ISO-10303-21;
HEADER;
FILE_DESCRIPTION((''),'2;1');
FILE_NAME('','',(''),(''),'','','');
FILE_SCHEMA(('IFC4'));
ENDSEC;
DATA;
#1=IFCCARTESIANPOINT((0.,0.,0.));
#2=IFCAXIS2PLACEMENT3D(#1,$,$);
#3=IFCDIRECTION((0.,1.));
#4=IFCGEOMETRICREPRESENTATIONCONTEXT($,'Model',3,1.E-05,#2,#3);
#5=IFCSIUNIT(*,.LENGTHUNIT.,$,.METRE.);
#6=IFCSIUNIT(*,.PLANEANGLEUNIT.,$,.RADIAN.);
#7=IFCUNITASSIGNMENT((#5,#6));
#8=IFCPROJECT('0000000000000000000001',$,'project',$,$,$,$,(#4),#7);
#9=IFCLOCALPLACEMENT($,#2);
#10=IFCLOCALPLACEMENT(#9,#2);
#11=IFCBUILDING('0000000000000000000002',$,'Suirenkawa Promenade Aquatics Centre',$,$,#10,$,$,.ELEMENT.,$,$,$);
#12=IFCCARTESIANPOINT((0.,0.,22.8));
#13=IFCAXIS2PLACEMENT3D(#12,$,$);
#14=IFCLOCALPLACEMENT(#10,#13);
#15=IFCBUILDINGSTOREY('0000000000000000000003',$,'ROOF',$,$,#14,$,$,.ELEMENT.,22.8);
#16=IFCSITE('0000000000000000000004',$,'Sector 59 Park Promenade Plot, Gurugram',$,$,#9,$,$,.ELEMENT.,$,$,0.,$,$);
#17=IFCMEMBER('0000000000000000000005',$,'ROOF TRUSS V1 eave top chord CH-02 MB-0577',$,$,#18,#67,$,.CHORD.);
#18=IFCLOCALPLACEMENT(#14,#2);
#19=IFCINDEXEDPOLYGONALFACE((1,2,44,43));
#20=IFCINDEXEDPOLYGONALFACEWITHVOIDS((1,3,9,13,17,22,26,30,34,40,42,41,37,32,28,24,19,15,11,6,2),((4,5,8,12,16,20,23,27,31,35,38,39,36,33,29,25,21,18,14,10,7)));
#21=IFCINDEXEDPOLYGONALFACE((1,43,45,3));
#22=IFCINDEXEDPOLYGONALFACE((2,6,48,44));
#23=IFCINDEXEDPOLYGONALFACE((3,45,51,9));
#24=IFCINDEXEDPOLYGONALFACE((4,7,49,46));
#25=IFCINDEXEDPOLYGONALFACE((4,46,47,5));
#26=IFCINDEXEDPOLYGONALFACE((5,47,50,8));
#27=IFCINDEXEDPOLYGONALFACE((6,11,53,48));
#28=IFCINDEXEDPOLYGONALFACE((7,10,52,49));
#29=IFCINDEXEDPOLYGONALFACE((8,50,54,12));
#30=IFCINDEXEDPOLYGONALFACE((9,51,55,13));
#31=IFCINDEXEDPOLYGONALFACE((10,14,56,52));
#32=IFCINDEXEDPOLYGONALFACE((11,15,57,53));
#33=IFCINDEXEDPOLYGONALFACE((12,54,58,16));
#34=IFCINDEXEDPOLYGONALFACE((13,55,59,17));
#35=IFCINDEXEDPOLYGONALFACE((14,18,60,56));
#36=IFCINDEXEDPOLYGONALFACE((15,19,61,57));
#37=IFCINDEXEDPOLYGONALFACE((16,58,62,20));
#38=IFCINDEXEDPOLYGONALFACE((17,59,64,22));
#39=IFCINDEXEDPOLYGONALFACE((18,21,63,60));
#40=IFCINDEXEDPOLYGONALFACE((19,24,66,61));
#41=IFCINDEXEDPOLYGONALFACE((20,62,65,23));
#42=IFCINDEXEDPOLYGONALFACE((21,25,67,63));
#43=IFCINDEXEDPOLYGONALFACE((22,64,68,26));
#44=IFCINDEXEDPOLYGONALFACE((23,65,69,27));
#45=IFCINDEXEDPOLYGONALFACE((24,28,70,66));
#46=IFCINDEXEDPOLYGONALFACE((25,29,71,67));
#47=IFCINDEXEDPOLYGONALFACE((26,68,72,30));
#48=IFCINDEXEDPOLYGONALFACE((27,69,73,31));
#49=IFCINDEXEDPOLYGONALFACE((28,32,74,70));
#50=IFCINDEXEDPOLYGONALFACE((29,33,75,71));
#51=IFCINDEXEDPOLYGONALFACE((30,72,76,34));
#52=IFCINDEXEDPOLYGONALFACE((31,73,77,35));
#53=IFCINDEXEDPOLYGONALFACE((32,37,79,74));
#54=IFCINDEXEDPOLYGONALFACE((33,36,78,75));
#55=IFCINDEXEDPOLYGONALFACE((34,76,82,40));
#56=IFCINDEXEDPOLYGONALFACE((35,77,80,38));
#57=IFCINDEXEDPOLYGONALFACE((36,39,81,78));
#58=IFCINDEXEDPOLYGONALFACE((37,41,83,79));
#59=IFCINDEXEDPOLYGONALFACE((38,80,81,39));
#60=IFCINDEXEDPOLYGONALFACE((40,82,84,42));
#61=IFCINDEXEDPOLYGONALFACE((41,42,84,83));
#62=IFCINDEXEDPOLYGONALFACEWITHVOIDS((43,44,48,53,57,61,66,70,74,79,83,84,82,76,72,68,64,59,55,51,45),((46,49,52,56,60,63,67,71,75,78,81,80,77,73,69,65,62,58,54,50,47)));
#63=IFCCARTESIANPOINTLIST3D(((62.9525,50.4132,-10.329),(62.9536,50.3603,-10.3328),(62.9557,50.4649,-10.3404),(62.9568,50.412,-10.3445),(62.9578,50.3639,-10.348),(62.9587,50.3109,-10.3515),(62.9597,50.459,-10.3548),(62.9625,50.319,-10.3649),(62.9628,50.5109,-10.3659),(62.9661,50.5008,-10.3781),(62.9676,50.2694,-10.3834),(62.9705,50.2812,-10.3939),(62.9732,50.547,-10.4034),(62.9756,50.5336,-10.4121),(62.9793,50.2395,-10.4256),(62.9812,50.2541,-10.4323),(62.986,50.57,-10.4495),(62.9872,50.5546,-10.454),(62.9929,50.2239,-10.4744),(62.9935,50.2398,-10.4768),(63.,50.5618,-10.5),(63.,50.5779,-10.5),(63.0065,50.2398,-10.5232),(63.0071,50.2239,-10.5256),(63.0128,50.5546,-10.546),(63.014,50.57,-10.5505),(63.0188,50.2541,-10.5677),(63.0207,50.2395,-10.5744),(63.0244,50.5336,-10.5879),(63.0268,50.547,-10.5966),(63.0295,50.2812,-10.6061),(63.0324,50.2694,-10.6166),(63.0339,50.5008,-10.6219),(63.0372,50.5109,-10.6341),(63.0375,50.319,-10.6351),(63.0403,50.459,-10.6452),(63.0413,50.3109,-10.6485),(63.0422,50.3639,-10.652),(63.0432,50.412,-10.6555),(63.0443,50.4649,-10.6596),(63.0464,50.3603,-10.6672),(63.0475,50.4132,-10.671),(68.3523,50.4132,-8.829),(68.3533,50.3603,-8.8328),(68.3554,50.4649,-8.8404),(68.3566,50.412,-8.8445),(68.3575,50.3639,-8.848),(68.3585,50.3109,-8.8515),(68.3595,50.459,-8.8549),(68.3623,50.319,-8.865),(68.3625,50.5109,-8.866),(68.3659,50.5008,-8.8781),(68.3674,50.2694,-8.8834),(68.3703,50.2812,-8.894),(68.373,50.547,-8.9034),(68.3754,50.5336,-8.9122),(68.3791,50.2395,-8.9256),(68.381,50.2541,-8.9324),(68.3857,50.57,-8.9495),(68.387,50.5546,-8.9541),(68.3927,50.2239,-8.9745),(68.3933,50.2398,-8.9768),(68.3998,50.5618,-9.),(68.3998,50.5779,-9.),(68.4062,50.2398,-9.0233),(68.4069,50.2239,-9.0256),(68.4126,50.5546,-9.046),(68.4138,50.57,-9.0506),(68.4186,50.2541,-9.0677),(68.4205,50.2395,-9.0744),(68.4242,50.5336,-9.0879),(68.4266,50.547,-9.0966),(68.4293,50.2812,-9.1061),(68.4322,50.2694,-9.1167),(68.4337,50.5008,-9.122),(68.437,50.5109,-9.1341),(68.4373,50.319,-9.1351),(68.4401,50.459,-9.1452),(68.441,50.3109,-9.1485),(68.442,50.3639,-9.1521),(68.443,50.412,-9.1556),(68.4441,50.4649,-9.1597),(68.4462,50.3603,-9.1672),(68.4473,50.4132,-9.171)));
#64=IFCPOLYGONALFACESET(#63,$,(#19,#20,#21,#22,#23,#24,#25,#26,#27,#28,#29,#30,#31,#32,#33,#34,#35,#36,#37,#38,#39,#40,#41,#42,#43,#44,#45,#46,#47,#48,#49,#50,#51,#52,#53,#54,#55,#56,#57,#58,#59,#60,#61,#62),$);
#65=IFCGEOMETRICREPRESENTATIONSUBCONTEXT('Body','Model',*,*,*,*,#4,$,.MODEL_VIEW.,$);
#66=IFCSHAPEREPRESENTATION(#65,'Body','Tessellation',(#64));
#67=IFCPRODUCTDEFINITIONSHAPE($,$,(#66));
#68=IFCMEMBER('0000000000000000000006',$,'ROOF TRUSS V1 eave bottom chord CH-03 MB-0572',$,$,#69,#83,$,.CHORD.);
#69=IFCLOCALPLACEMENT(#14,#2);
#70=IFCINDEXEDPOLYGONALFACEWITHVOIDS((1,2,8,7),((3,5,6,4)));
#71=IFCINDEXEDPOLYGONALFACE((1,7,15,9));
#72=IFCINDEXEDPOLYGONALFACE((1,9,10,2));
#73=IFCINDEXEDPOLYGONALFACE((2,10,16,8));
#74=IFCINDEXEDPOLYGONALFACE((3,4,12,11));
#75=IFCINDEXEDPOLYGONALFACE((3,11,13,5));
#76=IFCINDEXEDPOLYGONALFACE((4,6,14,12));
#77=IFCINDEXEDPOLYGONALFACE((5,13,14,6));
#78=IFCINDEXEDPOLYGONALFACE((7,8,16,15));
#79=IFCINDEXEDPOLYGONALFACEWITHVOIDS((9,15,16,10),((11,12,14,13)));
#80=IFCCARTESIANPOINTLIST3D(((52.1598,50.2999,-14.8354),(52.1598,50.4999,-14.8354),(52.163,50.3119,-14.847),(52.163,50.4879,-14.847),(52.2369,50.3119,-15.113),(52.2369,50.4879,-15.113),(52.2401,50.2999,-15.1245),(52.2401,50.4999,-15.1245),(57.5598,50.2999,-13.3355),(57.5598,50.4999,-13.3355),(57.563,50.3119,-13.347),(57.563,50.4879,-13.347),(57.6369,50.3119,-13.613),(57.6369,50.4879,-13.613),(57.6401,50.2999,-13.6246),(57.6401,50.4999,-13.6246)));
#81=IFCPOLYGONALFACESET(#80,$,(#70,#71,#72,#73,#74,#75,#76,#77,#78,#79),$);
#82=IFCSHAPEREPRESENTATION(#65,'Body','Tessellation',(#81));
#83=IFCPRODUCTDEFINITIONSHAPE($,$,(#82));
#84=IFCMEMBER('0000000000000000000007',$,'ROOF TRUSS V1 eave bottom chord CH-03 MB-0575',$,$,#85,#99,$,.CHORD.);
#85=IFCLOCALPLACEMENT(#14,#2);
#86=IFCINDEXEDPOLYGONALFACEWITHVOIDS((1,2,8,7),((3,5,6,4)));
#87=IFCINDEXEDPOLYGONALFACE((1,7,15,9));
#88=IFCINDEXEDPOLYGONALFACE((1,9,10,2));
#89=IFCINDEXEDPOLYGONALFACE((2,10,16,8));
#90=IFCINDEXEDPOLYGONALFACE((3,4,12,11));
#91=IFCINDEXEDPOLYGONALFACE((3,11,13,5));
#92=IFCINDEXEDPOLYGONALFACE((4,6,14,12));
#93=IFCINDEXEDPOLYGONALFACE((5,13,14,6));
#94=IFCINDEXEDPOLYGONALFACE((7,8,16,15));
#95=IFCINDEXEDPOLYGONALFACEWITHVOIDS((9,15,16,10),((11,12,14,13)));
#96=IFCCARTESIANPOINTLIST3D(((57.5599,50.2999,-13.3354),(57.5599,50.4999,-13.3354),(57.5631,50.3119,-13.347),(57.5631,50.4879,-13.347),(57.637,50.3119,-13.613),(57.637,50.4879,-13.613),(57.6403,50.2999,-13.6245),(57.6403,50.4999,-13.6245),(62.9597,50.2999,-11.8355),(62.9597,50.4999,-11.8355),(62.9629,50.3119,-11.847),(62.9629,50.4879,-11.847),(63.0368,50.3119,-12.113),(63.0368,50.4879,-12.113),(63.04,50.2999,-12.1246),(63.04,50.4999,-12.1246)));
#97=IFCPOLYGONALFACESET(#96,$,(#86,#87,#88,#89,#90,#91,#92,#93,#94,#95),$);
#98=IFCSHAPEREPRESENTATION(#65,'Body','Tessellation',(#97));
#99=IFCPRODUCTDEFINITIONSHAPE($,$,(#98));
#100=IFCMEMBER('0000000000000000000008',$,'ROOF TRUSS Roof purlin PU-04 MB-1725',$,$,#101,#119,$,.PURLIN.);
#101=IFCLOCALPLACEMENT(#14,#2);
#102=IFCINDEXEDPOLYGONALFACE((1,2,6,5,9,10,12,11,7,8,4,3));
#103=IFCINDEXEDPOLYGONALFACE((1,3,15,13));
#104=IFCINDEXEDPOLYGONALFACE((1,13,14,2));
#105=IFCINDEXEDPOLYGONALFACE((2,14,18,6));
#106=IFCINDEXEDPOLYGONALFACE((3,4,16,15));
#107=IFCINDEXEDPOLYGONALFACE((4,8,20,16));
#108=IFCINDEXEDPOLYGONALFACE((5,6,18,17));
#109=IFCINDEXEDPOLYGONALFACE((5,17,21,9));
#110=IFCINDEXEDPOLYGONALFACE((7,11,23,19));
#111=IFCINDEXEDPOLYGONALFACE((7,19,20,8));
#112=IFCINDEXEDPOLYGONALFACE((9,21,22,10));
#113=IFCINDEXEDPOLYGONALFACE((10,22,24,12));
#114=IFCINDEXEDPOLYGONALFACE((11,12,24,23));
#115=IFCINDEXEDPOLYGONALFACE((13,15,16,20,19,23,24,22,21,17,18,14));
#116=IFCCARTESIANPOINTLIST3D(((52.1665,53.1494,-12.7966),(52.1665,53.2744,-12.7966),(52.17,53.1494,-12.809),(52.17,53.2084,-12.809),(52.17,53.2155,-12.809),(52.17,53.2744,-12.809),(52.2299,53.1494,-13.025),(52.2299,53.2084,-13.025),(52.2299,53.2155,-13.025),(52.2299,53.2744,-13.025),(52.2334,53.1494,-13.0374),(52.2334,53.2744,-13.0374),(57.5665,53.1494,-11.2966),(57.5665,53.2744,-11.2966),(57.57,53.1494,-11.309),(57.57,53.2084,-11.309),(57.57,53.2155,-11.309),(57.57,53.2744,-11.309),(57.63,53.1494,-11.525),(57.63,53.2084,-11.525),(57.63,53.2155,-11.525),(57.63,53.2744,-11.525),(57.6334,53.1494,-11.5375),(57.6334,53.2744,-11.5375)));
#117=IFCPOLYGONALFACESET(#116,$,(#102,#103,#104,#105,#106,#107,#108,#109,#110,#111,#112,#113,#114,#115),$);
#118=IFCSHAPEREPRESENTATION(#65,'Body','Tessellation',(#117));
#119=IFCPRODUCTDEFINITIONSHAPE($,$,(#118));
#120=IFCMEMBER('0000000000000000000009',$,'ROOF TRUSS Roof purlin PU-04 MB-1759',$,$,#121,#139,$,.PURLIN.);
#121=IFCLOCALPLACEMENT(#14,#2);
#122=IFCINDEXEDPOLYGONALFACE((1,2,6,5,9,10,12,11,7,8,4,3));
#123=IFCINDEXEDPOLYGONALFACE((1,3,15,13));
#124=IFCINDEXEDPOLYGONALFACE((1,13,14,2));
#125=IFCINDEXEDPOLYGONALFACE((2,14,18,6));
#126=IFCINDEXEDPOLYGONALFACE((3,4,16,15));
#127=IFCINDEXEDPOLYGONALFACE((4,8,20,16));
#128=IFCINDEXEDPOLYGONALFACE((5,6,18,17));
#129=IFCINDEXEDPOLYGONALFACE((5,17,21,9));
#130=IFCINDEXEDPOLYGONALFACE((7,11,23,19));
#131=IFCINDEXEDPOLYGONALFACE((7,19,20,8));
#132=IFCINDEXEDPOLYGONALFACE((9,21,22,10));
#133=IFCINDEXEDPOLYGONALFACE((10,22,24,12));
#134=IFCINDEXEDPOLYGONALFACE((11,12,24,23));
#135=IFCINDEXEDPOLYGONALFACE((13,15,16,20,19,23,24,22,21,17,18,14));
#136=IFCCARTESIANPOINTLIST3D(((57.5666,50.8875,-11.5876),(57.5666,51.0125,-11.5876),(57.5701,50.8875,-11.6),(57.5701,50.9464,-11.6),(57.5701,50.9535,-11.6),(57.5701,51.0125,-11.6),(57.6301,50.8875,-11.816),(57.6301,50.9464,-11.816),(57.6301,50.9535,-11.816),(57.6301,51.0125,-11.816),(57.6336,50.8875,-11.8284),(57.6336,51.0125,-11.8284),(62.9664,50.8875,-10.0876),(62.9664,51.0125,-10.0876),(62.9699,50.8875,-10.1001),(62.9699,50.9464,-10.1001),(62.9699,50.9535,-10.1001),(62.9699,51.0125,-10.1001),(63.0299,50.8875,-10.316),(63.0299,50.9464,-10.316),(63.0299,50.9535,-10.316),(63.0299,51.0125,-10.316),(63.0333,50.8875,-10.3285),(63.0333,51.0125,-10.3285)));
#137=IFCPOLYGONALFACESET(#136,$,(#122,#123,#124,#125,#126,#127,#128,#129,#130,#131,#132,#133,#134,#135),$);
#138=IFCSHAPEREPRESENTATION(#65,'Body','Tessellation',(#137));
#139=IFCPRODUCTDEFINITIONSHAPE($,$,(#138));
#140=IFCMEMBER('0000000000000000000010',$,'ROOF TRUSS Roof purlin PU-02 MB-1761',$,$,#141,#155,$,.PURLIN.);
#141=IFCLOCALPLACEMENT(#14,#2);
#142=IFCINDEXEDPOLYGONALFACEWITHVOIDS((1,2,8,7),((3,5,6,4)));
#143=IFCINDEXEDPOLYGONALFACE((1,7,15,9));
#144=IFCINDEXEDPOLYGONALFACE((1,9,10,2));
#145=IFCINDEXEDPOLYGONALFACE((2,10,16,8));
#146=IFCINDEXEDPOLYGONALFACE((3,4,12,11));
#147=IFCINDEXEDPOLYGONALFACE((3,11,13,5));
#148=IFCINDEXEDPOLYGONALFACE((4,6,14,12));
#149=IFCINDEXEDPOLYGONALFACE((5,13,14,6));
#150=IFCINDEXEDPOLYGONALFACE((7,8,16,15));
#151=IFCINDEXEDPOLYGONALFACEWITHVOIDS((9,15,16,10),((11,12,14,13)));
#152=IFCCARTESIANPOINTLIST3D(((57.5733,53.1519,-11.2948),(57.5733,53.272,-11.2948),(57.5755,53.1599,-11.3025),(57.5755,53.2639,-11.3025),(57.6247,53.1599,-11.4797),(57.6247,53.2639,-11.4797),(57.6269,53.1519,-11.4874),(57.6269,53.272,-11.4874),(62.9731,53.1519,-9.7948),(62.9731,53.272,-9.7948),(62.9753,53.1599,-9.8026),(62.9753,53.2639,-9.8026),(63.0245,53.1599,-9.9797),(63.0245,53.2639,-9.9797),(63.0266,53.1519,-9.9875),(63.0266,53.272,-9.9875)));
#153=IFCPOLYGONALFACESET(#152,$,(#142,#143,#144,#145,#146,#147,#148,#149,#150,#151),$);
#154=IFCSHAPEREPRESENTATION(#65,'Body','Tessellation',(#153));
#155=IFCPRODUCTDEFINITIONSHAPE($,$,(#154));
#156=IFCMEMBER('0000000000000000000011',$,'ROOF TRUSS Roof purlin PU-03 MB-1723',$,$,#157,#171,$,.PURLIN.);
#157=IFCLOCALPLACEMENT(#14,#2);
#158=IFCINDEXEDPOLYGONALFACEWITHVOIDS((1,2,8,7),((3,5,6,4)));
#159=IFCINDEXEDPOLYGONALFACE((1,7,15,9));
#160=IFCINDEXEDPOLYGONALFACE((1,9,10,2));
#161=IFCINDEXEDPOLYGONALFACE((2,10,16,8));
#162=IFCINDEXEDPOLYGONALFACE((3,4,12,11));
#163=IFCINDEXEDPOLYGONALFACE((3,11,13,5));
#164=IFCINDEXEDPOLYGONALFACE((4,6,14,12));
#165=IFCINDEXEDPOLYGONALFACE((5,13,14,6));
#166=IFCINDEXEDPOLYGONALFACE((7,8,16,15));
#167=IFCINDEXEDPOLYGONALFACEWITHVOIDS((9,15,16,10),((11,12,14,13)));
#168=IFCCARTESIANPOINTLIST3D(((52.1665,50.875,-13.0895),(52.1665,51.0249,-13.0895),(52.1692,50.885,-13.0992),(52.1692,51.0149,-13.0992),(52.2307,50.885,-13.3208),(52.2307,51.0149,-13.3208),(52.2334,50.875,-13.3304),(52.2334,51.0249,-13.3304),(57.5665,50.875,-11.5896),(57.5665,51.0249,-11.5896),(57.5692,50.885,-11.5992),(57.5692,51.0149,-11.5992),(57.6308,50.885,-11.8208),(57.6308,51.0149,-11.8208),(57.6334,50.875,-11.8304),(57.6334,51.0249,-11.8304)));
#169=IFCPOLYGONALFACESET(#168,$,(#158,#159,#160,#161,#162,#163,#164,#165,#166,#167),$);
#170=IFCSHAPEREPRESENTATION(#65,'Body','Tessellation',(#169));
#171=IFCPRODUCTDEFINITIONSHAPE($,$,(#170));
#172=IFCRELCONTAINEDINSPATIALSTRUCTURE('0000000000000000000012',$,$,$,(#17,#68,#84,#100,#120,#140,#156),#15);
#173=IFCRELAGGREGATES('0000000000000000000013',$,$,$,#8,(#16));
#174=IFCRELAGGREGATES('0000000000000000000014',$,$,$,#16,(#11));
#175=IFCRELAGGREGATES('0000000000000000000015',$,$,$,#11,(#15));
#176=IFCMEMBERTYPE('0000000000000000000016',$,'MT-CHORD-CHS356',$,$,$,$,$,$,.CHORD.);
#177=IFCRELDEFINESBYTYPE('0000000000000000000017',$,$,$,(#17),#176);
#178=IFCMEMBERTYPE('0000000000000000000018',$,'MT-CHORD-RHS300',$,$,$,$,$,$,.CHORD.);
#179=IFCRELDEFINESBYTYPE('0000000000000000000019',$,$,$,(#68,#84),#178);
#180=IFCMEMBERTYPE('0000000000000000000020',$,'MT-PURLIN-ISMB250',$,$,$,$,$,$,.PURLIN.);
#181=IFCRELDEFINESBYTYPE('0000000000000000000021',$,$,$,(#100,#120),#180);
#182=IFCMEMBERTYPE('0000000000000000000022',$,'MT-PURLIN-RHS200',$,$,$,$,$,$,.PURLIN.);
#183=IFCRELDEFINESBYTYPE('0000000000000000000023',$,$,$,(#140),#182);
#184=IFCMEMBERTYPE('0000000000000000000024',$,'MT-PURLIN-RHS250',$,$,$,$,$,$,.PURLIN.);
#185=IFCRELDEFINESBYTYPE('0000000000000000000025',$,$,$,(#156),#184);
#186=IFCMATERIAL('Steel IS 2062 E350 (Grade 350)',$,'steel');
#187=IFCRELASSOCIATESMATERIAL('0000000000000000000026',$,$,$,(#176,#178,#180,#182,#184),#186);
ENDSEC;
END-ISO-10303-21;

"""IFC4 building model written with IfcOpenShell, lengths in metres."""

from ifc_helpers import new_model, si_unit, direction, frame, origin, origin_2d, place, context, subcontext, project, spatial, hollow_rectangle, hollow_circle, i_section, extrude, material, material_profile, profile_set, type_object, element, save


model = new_model("IFC4")

# Units and contexts
model_context = context("Model", 3, precision=1e-05, world=origin(), true_north=direction((0.0, 1.0)))
body_context = subcontext(model_context, "Body", "Model", "MODEL_VIEW")
ifc_project = project(units=[si_unit("LENGTHUNIT", "METRE"), si_unit("PLANEANGLEUNIT", "RADIAN")], contexts=[model_context])

# Site, building, storey
site_placement = place(None, origin())
site = spatial("IfcSite", under=ifc_project, at=site_placement, Name="Sector 59 Park Promenade Plot, Gurugram", CompositionType="ELEMENT", RefElevation=0.0)
building_placement = place(site_placement, origin())
building = spatial("IfcBuilding", under=site, at=building_placement, Name="Suirenkawa Promenade Aquatics Centre", CompositionType="ELEMENT")
storey_placement = place(building_placement, frame((0.0, 0.0, 22.8)))
storey = spatial("IfcBuildingStorey", under=building, at=storey_placement, Name="ROOF", CompositionType="ELEMENT", Elevation=22.8)

# Shared definitions
ifc_material_1 = material(Name="Steel IS 2062 E350 (Grade 350)", Category="steel")

# Members
ifc_material_profile_1 = material_profile(ifc_material_1, hollow_circle(Radius=0.178, WallThickness=0.0161, at=origin_2d()), Name="CHS 356x16", Category="steel")
ifc_profile_set_1 = profile_set([ifc_material_profile_1], Name="Steel IS 2062 E350 (Grade 350)")
member_type_1 = type_object("IfcMemberType", Name="MT-CHORD-CHS356", PredefinedType="CHORD", material=ifc_profile_set_1)
for number, where, z_axis, x_axis, name in (
    (1, (63.0, 50.3999, -10.5), (0.963517, 0.0, 0.267648), (0.0, 1.0, 0.0), "ROOF TRUSS V1 eave top chord CH-02 MB-0577"),
):
    element("IfcMember", number, at=place(storey_placement, frame(where, z_axis=z_axis, x_axis=x_axis)), inside=storey, type_object=member_type_1, Name=name, PredefinedType="CHORD", context=body_context, shape_type="SweptSolid", body=[
        extrude(hollow_circle(Radius=0.178, WallThickness=0.0161, at=origin_2d()), origin(), (0.0, 0.0, 1.0), 5.6042),
    ])
ifc_material_profile_2 = material_profile(ifc_material_1, hollow_rectangle(XDim=0.2, YDim=0.3, WallThickness=0.012, at=origin_2d()), Name="RHS 300x200x12", Category="steel")
ifc_profile_set_2 = profile_set([ifc_material_profile_2], Name="Steel IS 2062 E350 (Grade 350)")
member_type_2 = type_object("IfcMemberType", Name="MT-CHORD-RHS300", PredefinedType="CHORD", material=ifc_profile_set_2)
member_1_placement = place(storey_placement, frame((52.2, 50.3999, -14.98), z_axis=(0.96352, 0.0, 0.267637), x_axis=(0.0, 1.0, 0.0)))
element("IfcMember", 2, at=member_1_placement, inside=storey, type_object=member_type_2, Name="ROOF TRUSS V1 eave bottom chord CH-03 MB-0572", PredefinedType="CHORD", context=body_context, shape_type="SweptSolid", body=[
    extrude(hollow_rectangle(XDim=0.2, YDim=0.3, WallThickness=0.012, at=origin_2d()), origin(), (0.0, 0.0, 1.0), 5.6045),
])
member_2_placement = place(storey_placement, frame((57.6001, 50.3999, -13.48), z_axis=(0.963517, 0.0, 0.267648), x_axis=(0.0, 1.0, 0.0)))
element("IfcMember", 3, at=member_2_placement, inside=storey, type_object=member_type_2, Name="ROOF TRUSS V1 eave bottom chord CH-03 MB-0575", PredefinedType="CHORD", context=body_context, shape_type="SweptSolid", body=[
    extrude(hollow_rectangle(XDim=0.2, YDim=0.3, WallThickness=0.012, at=origin_2d()), origin(), (0.0, 0.0, 1.0), 5.6042),
])
ifc_material_profile_3 = material_profile(ifc_material_1, i_section(OverallWidth=0.125, OverallDepth=0.25, WebThickness=0.0071, FlangeThickness=0.0129, at=origin_2d()), Name="ISMB 250", Category="steel")
ifc_profile_set_3 = profile_set([ifc_material_profile_3], Name="Steel IS 2062 E350 (Grade 350)")
member_type_3 = type_object("IfcMemberType", Name="MT-PURLIN-ISMB250", PredefinedType="PURLIN", material=ifc_profile_set_3)
member_3_placement = place(storey_placement, frame((52.2, 53.2119, -12.917), z_axis=(0.96352, 0.0, 0.267637), x_axis=(0.0, 1.0, 0.0)))
element("IfcMember", 4, at=member_3_placement, inside=storey, type_object=member_type_3, Name="ROOF TRUSS Roof purlin PU-04 MB-1725", PredefinedType="PURLIN", context=body_context, shape_type="SweptSolid", body=[
    extrude(i_section(OverallWidth=0.125, OverallDepth=0.25, WebThickness=0.0071, FlangeThickness=0.0129, at=origin_2d()), origin(), (0.0, 0.0, 1.0), 5.6045),
])
member_4_placement = place(storey_placement, frame((57.6001, 50.95, -11.708), z_axis=(0.963517, 0.0, 0.267648), x_axis=(0.0, 1.0, 0.0)))
element("IfcMember", 5, at=member_4_placement, inside=storey, type_object=member_type_3, Name="ROOF TRUSS Roof purlin PU-04 MB-1759", PredefinedType="PURLIN", context=body_context, shape_type="SweptSolid", body=[
    extrude(i_section(OverallWidth=0.125, OverallDepth=0.25, WebThickness=0.0071, FlangeThickness=0.0129, at=origin_2d()), origin(), (0.0, 0.0, 1.0), 5.6042),
])
ifc_material_profile_4 = material_profile(ifc_material_1, hollow_rectangle(XDim=0.1201, YDim=0.2, WallThickness=0.0081, at=origin_2d()), Name="RHS 200x120x8", Category="steel")
ifc_profile_set_4 = profile_set([ifc_material_profile_4], Name="Steel IS 2062 E350 (Grade 350)")
member_type_4 = type_object("IfcMemberType", Name="MT-PURLIN-RHS200", PredefinedType="PURLIN", material=ifc_profile_set_4)
member_5_placement = place(storey_placement, frame((57.6001, 53.2119, -11.3911), z_axis=(0.963517, 0.0, 0.267648), x_axis=(0.0, 1.0, 0.0)))
element("IfcMember", 6, at=member_5_placement, inside=storey, type_object=member_type_4, Name="ROOF TRUSS Roof purlin PU-02 MB-1761", PredefinedType="PURLIN", context=body_context, shape_type="SweptSolid", body=[
    extrude(hollow_rectangle(XDim=0.1201, YDim=0.2, WallThickness=0.0081, at=origin_2d()), origin(), (0.0, 0.0, 1.0), 5.6042),
])
ifc_material_profile_5 = material_profile(ifc_material_1, hollow_rectangle(XDim=0.1499, YDim=0.25, WallThickness=0.01, at=origin_2d()), Name="RHS 250x150x10", Category="steel")
ifc_profile_set_5 = profile_set([ifc_material_profile_5], Name="Steel IS 2062 E350 (Grade 350)")
member_type_5 = type_object("IfcMemberType", Name="MT-PURLIN-RHS250", PredefinedType="PURLIN", material=ifc_profile_set_5)
member_6_placement = place(storey_placement, frame((52.2, 50.95, -13.21), z_axis=(0.96352, 0.0, 0.267637), x_axis=(0.0, 1.0, 0.0)))
element("IfcMember", 7, at=member_6_placement, inside=storey, type_object=member_type_5, Name="ROOF TRUSS Roof purlin PU-03 MB-1723", PredefinedType="PURLIN", context=body_context, shape_type="SweptSolid", body=[
    extrude(hollow_rectangle(XDim=0.1499, YDim=0.25, WallThickness=0.01, at=origin_2d()), origin(), (0.0, 0.0, 1.0), 5.6045),
])

save(model, "model.ifc")
